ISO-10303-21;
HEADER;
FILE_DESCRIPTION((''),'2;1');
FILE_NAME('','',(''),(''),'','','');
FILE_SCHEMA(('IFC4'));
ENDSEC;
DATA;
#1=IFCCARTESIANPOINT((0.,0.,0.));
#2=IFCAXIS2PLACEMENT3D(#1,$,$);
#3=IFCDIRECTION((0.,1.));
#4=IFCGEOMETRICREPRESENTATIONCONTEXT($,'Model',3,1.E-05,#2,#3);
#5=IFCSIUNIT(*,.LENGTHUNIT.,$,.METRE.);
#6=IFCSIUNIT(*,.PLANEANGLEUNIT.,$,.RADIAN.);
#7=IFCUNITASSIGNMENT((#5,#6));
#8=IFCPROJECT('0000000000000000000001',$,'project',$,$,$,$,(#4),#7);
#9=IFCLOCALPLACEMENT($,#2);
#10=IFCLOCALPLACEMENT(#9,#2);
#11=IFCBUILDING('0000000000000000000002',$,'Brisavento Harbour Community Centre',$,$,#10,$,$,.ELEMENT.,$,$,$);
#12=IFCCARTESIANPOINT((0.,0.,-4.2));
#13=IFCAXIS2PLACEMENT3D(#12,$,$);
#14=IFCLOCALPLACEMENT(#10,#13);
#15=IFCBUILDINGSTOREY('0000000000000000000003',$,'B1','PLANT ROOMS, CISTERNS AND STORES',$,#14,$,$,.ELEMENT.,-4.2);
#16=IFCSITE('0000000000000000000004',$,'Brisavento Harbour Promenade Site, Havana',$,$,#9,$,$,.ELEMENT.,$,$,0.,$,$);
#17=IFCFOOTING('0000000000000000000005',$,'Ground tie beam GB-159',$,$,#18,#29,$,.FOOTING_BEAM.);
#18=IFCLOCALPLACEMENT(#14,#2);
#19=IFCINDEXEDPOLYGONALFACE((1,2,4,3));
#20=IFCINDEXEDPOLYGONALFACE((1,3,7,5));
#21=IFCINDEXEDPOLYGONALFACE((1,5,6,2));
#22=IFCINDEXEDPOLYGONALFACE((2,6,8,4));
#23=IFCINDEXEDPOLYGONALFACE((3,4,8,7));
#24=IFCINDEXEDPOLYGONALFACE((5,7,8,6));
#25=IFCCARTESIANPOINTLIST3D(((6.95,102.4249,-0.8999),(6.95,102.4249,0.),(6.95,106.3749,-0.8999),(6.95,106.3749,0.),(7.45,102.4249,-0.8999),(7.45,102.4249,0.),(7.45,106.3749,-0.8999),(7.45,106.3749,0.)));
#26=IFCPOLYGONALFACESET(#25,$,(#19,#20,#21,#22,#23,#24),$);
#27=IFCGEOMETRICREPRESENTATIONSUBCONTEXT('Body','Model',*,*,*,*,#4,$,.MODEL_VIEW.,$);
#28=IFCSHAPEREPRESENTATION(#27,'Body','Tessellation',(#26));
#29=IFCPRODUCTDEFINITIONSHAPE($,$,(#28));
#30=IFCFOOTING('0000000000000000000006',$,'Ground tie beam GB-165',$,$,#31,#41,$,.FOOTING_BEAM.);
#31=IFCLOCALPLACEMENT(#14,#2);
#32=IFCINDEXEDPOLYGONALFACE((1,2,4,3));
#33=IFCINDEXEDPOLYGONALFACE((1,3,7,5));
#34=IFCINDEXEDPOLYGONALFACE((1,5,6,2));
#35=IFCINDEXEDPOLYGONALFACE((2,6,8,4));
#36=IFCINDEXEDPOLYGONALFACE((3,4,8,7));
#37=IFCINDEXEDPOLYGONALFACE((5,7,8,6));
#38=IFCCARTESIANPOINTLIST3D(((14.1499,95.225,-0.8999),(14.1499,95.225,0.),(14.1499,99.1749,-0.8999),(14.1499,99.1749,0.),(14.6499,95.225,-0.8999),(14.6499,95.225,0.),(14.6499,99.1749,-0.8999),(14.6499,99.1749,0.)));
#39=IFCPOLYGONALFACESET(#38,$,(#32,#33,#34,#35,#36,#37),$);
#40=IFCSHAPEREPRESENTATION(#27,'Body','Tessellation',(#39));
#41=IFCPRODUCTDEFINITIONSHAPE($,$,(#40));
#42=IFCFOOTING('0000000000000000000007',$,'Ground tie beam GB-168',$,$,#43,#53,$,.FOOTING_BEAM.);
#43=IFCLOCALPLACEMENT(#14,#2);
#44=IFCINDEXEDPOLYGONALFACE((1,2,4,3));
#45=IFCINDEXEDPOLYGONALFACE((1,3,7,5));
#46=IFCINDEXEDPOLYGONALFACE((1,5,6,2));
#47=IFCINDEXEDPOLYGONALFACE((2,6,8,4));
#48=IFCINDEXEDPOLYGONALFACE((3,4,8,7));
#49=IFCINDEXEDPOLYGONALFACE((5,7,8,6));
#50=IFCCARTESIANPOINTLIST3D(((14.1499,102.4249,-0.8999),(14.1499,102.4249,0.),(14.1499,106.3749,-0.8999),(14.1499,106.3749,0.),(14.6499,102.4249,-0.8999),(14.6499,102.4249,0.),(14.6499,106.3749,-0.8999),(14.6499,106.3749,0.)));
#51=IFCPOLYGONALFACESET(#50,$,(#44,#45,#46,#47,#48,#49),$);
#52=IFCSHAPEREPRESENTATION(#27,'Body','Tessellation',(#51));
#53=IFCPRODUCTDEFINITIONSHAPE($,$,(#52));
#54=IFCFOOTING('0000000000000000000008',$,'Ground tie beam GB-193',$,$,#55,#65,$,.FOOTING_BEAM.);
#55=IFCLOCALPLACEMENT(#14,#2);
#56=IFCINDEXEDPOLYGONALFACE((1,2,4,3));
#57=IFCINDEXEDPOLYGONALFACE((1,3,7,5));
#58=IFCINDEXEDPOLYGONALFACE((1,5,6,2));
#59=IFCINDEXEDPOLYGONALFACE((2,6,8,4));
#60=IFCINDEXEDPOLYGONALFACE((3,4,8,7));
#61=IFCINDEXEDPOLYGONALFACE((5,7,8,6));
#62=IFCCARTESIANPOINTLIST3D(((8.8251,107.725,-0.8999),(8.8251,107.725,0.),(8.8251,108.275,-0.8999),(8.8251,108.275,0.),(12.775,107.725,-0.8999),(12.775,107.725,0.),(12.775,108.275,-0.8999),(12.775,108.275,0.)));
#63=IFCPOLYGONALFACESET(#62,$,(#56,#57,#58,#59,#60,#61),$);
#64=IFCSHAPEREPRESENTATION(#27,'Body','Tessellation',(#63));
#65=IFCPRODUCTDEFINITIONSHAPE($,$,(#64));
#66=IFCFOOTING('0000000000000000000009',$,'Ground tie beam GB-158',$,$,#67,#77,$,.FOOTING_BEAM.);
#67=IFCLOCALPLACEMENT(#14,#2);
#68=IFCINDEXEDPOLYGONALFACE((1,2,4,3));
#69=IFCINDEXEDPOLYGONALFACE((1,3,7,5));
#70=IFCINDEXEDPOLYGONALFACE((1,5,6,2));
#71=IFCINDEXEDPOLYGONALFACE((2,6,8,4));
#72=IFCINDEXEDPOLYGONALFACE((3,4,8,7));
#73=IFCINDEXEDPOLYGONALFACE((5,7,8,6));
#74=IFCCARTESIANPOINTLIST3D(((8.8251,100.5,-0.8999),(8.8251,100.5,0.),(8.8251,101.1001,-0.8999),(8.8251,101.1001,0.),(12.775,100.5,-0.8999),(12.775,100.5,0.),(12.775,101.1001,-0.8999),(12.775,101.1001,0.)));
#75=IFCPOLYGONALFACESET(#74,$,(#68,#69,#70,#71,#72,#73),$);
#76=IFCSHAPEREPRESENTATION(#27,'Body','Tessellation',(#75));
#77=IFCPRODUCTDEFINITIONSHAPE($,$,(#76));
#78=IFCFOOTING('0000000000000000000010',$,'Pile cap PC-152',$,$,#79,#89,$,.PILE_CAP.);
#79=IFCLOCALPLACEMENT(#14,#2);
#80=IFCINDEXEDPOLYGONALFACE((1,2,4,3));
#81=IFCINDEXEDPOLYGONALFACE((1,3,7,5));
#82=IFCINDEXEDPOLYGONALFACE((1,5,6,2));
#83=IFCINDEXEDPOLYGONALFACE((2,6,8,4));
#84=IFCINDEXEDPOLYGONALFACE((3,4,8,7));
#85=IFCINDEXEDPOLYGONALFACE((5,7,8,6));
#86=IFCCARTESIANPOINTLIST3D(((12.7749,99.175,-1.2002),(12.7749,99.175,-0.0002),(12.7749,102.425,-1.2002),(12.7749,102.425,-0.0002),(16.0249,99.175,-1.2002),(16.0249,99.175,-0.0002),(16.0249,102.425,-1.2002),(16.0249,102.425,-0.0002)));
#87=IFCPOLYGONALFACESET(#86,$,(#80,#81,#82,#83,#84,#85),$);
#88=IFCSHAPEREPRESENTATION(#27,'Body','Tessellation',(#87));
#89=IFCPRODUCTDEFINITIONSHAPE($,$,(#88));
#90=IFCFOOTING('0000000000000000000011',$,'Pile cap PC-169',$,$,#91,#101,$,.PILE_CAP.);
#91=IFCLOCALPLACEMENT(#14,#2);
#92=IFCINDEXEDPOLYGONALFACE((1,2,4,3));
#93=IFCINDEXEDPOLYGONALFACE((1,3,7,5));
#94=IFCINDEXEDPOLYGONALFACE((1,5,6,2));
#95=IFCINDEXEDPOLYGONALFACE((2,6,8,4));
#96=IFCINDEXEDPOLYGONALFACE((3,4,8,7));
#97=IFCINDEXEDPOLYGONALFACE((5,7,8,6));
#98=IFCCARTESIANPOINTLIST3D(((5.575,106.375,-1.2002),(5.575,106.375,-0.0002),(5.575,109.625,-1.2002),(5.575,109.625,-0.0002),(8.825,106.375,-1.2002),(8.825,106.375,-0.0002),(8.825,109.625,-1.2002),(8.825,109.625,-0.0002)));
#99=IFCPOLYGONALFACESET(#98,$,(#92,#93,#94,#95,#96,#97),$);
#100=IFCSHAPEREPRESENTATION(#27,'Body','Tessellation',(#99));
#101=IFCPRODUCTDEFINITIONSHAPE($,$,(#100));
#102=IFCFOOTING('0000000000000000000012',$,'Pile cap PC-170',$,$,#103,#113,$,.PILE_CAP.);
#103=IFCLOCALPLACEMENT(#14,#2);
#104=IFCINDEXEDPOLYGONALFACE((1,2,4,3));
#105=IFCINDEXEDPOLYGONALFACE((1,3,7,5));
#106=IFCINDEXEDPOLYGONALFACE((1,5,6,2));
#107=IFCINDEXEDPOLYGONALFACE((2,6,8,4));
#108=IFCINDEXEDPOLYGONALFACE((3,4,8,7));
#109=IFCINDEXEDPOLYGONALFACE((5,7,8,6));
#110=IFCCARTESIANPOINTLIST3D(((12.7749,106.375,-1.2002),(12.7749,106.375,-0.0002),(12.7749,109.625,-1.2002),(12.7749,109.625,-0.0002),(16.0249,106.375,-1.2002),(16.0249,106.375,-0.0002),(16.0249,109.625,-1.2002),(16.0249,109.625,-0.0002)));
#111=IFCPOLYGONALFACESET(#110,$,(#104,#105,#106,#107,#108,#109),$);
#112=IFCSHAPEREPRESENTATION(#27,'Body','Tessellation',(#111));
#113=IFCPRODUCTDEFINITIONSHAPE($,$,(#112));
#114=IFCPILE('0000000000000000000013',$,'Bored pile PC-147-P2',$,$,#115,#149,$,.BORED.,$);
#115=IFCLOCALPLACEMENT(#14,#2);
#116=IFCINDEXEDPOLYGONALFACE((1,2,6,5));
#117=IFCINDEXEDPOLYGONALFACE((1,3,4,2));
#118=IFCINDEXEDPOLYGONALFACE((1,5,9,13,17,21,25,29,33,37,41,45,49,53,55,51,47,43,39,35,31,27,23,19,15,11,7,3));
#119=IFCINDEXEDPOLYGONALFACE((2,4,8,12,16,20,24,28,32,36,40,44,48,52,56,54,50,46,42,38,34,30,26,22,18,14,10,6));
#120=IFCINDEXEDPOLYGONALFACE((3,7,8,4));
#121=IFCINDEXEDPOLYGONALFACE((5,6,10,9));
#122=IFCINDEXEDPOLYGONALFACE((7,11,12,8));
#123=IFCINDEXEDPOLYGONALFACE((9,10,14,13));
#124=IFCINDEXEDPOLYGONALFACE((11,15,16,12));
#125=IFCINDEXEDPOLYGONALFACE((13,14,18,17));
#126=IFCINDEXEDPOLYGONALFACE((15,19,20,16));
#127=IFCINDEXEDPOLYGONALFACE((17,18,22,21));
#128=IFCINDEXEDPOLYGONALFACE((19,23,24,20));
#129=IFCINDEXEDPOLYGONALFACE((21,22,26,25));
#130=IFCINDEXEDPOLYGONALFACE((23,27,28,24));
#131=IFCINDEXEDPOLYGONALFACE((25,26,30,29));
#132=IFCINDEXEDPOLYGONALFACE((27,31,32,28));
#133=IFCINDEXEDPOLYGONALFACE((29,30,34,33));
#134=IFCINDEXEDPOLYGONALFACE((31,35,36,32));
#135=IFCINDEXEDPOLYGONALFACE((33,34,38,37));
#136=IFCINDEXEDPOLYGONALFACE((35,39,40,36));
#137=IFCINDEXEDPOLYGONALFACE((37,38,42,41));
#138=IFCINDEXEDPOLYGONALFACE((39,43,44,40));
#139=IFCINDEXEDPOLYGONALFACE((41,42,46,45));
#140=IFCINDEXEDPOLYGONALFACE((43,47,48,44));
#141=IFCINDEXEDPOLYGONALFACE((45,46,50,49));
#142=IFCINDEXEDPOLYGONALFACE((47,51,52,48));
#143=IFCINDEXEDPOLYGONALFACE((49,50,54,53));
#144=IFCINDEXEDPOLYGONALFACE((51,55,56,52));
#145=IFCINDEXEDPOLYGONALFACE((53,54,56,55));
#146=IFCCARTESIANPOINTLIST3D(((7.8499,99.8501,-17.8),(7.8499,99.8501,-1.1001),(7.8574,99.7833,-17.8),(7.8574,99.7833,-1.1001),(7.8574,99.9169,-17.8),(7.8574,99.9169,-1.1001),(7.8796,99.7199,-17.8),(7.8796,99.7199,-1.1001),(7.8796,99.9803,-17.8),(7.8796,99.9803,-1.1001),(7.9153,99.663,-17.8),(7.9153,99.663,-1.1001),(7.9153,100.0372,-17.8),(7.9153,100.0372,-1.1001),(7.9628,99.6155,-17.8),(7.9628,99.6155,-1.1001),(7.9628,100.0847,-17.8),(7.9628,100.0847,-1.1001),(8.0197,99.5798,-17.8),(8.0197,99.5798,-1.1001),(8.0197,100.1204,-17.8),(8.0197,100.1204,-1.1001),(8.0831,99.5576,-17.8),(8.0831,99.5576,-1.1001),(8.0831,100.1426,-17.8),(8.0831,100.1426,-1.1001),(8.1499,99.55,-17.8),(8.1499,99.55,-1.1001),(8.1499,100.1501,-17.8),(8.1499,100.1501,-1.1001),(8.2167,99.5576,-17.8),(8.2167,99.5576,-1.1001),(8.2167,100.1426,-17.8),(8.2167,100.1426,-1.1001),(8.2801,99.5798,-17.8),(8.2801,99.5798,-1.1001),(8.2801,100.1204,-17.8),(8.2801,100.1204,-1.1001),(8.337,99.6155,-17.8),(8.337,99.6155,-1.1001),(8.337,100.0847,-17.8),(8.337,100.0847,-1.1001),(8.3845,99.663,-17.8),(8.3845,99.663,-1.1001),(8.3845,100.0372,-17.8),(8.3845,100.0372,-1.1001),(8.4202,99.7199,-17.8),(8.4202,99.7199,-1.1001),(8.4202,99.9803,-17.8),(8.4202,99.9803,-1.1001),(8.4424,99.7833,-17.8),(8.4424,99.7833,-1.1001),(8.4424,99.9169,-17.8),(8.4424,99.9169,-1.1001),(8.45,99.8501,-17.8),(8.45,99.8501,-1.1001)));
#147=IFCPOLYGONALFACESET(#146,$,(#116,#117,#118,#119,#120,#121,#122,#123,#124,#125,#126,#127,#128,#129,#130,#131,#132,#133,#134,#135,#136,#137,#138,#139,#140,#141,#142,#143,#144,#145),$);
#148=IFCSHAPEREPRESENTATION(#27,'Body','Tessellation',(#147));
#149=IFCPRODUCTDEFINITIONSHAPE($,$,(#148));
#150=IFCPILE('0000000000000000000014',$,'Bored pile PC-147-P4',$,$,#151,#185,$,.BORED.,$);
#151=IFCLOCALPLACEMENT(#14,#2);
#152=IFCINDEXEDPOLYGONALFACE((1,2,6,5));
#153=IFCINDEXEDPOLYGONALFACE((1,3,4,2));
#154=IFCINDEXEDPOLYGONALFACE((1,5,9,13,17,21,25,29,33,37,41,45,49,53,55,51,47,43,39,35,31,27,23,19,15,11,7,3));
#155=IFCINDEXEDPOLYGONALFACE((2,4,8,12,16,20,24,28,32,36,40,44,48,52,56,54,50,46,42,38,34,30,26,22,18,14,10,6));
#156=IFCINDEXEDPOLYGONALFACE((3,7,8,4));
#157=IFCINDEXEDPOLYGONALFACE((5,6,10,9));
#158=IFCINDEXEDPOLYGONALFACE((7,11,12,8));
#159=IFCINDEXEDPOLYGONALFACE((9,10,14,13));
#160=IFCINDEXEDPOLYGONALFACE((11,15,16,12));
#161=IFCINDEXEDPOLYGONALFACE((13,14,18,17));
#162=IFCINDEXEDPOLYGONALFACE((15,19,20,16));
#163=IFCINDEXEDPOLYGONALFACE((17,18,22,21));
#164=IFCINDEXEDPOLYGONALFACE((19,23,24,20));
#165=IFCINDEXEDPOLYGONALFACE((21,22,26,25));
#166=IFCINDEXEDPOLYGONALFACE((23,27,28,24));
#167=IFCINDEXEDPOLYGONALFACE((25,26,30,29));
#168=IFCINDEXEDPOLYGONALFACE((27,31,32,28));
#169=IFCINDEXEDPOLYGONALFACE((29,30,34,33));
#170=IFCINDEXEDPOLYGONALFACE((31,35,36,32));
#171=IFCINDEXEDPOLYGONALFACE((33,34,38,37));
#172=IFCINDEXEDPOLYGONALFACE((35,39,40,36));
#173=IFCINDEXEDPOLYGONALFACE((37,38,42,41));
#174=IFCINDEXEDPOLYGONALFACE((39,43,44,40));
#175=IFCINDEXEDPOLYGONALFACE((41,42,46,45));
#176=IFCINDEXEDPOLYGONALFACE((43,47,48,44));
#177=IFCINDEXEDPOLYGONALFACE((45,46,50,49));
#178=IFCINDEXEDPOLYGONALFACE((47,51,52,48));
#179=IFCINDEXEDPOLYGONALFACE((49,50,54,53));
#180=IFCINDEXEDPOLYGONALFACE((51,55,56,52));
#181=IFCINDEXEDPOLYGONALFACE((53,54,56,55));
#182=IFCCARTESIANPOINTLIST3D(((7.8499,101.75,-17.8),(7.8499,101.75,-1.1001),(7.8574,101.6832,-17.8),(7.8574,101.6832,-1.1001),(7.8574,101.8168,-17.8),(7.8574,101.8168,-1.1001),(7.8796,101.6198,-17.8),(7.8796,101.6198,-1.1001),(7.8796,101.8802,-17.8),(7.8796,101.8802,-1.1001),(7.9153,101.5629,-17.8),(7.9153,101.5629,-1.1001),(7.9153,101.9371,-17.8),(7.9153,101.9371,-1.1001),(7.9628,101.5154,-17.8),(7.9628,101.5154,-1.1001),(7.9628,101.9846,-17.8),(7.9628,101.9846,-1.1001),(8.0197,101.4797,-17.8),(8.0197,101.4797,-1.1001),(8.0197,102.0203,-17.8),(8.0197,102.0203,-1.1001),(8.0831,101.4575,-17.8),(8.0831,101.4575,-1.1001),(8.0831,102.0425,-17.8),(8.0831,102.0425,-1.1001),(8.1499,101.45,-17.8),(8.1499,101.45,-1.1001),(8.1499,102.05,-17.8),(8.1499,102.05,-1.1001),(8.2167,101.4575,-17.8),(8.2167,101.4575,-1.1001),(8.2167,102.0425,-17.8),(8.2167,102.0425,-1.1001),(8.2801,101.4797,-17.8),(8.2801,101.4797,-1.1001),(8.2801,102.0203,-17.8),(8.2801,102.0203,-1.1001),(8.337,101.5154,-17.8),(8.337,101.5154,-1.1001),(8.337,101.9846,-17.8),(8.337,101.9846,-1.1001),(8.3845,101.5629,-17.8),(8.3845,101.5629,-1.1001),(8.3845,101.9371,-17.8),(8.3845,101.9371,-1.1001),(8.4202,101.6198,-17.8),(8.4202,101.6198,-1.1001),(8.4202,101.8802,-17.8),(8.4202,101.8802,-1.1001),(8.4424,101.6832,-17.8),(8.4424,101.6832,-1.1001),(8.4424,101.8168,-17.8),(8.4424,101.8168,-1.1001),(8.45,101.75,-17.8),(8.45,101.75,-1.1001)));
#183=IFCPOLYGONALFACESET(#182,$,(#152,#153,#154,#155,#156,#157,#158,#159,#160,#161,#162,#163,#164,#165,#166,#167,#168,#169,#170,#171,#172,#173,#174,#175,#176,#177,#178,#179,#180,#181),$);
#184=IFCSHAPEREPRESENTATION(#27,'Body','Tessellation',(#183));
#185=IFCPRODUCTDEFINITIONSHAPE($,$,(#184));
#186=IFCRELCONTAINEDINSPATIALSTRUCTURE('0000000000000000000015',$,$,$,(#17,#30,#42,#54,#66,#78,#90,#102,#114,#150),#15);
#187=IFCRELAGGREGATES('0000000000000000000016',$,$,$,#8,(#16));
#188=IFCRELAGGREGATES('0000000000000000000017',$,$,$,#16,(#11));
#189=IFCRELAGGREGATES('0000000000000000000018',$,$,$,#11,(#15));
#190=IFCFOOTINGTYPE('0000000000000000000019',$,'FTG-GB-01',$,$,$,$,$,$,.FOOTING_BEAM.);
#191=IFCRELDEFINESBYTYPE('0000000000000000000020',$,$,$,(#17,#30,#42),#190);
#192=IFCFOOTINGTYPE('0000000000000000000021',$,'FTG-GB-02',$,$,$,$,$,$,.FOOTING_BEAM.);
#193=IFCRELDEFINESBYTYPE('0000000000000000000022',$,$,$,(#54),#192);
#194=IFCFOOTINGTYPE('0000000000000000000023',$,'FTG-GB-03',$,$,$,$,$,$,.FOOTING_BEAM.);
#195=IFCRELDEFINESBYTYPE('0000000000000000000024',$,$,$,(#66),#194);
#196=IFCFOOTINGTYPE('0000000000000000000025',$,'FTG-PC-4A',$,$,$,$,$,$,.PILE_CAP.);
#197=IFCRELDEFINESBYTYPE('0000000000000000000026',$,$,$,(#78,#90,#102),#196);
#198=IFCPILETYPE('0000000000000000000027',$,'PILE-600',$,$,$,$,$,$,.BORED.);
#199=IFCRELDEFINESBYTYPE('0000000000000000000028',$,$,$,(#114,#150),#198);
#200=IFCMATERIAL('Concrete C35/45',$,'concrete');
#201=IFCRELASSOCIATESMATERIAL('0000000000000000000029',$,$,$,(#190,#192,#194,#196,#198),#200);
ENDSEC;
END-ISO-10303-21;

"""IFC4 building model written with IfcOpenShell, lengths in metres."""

from ifc_helpers import new_model, si_unit, direction, frame, origin, origin_2d, place, context, subcontext, project, spatial, rectangle, circle, extrude, material, material_profile, profile_set, type_object, element, save


model = new_model("IFC4")

# Units and contexts
model_context = context("Model", 3, precision=1e-05, world=origin(), true_north=direction((0.0, 1.0)))
body_context = subcontext(model_context, "Body", "Model", "MODEL_VIEW")
ifc_project = project(units=[si_unit("LENGTHUNIT", "METRE"), si_unit("PLANEANGLEUNIT", "RADIAN")], contexts=[model_context])

# Site, building, storey
site_placement = place(None, origin())
site = spatial("IfcSite", under=ifc_project, at=site_placement, Name="Brisavento Harbour Promenade Site, Havana", CompositionType="ELEMENT", RefElevation=0.0)
building_placement = place(site_placement, origin())
building = spatial("IfcBuilding", under=site, at=building_placement, Name="Brisavento Harbour Community Centre", CompositionType="ELEMENT")
storey_placement = place(building_placement, frame((0.0, 0.0, -4.2)))
storey = spatial("IfcBuildingStorey", under=building, at=storey_placement, Name="B1", Description="PLANT ROOMS, CISTERNS AND STORES", CompositionType="ELEMENT", Elevation=-4.2)

# Footings
ifc_material = material(Name="Concrete C35/45", Category="concrete")
footing_type_1 = type_object("IfcFootingType", Name="FTG-GB-01", PredefinedType="FOOTING_BEAM", material=ifc_material)
for number, where, z_axis, x_axis, name in (
    (1, (7.2, 104.3999, -0.8999), (0.0, 0.0, 1.0), (1.0, 0.0, 0.0), "Ground tie beam GB-159"),
    (2, (14.3999, 97.2, -0.8999), (0.0, 0.0, 1.0), (1.0, 0.0, 0.0), "Ground tie beam GB-165"),
    (3, (14.3999, 104.3999, -0.8999), (0.0, 0.0, 1.0), (1.0, 0.0, 0.0), "Ground tie beam GB-168"),
):
    element("IfcFooting", number, at=place(storey_placement, frame(where, z_axis=z_axis, x_axis=x_axis)), inside=storey, type_object=footing_type_1, Name=name, PredefinedType="FOOTING_BEAM", context=body_context, shape_type="SweptSolid", body=[
        extrude(rectangle(XDim=0.5, YDim=3.95, at=origin_2d()), origin(), (0.0, 0.0, 1.0), 0.8999),
    ])
footing_type_2 = type_object("IfcFootingType", Name="FTG-GB-02", PredefinedType="FOOTING_BEAM", material=ifc_material)
footing_1_placement = place(storey_placement, frame((10.8, 108.0, -0.8999), z_axis=(0.0, 0.0, 1.0), x_axis=(1.0, 0.0, 0.0)))
element("IfcFooting", 4, at=footing_1_placement, inside=storey, type_object=footing_type_2, Name="Ground tie beam GB-193", PredefinedType="FOOTING_BEAM", context=body_context, shape_type="SweptSolid", body=[
    extrude(rectangle(XDim=3.95, YDim=0.55, at=origin_2d()), origin(), (0.0, 0.0, 1.0), 0.8999),
])
footing_type_3 = type_object("IfcFootingType", Name="FTG-GB-03", PredefinedType="FOOTING_BEAM", material=ifc_material)
footing_2_placement = place(storey_placement, frame((10.8, 100.8, -0.8999), z_axis=(0.0, 0.0, 1.0), x_axis=(1.0, 0.0, 0.0)))
element("IfcFooting", 5, at=footing_2_placement, inside=storey, type_object=footing_type_3, Name="Ground tie beam GB-158", PredefinedType="FOOTING_BEAM", context=body_context, shape_type="SweptSolid", body=[
    extrude(rectangle(XDim=3.95, YDim=0.6001, at=origin_2d()), origin(), (0.0, 0.0, 1.0), 0.8999),
])
footing_type_4 = type_object("IfcFootingType", Name="FTG-PC-4A", PredefinedType="PILE_CAP", material=ifc_material)
for number, where, z_axis, x_axis, name in (
    (6, (14.3999, 100.8, -1.2002), (0.0, 0.0, 1.0), (1.0, 0.0, 0.0), "Pile cap PC-152"),
    (7, (7.2, 108.0, -1.2002), (0.0, 0.0, 1.0), (1.0, 0.0, 0.0), "Pile cap PC-169"),
    (8, (14.3999, 108.0, -1.2002), (0.0, 0.0, 1.0), (1.0, 0.0, 0.0), "Pile cap PC-170"),
):
    element("IfcFooting", number, at=place(storey_placement, frame(where, z_axis=z_axis, x_axis=x_axis)), inside=storey, type_object=footing_type_4, Name=name, PredefinedType="PILE_CAP", context=body_context, shape_type="SweptSolid", body=[
        extrude(rectangle(XDim=3.25, YDim=3.25, at=origin_2d()), origin(), (0.0, 0.0, 1.0), 1.2),
    ])

# Piles
ifc_material_profile_1 = material_profile(ifc_material, circle(Radius=0.3, at=origin_2d()), Name="Concrete C35/45")
ifc_profile_set_1 = profile_set([ifc_material_profile_1], Name="Concrete C35/45")
pile_type = type_object("IfcPileType", Name="PILE-600", PredefinedType="BORED", material=ifc_profile_set_1)
for number, where, z_axis, x_axis, name in (
    (9, (8.1499, 99.8501, -1.1001), (0.0, 0.0, -1.0), (1.0, 0.0, 0.0), "Bored pile PC-147-P2"),
    (10, (8.1499, 101.75, -1.1001), (0.0, 0.0, -1.0), (1.0, 0.0, 0.0), "Bored pile PC-147-P4"),
):
    element("IfcPile", number, at=place(storey_placement, frame(where, z_axis=z_axis, x_axis=x_axis)), inside=storey, type_object=pile_type, Name=name, PredefinedType="BORED", context=body_context, shape_type="SweptSolid", body=[
        extrude(circle(Radius=0.3, at=origin_2d()), origin(), (0.0, 0.0, 1.0), 16.7),
    ])

save(model, "model.ifc")
